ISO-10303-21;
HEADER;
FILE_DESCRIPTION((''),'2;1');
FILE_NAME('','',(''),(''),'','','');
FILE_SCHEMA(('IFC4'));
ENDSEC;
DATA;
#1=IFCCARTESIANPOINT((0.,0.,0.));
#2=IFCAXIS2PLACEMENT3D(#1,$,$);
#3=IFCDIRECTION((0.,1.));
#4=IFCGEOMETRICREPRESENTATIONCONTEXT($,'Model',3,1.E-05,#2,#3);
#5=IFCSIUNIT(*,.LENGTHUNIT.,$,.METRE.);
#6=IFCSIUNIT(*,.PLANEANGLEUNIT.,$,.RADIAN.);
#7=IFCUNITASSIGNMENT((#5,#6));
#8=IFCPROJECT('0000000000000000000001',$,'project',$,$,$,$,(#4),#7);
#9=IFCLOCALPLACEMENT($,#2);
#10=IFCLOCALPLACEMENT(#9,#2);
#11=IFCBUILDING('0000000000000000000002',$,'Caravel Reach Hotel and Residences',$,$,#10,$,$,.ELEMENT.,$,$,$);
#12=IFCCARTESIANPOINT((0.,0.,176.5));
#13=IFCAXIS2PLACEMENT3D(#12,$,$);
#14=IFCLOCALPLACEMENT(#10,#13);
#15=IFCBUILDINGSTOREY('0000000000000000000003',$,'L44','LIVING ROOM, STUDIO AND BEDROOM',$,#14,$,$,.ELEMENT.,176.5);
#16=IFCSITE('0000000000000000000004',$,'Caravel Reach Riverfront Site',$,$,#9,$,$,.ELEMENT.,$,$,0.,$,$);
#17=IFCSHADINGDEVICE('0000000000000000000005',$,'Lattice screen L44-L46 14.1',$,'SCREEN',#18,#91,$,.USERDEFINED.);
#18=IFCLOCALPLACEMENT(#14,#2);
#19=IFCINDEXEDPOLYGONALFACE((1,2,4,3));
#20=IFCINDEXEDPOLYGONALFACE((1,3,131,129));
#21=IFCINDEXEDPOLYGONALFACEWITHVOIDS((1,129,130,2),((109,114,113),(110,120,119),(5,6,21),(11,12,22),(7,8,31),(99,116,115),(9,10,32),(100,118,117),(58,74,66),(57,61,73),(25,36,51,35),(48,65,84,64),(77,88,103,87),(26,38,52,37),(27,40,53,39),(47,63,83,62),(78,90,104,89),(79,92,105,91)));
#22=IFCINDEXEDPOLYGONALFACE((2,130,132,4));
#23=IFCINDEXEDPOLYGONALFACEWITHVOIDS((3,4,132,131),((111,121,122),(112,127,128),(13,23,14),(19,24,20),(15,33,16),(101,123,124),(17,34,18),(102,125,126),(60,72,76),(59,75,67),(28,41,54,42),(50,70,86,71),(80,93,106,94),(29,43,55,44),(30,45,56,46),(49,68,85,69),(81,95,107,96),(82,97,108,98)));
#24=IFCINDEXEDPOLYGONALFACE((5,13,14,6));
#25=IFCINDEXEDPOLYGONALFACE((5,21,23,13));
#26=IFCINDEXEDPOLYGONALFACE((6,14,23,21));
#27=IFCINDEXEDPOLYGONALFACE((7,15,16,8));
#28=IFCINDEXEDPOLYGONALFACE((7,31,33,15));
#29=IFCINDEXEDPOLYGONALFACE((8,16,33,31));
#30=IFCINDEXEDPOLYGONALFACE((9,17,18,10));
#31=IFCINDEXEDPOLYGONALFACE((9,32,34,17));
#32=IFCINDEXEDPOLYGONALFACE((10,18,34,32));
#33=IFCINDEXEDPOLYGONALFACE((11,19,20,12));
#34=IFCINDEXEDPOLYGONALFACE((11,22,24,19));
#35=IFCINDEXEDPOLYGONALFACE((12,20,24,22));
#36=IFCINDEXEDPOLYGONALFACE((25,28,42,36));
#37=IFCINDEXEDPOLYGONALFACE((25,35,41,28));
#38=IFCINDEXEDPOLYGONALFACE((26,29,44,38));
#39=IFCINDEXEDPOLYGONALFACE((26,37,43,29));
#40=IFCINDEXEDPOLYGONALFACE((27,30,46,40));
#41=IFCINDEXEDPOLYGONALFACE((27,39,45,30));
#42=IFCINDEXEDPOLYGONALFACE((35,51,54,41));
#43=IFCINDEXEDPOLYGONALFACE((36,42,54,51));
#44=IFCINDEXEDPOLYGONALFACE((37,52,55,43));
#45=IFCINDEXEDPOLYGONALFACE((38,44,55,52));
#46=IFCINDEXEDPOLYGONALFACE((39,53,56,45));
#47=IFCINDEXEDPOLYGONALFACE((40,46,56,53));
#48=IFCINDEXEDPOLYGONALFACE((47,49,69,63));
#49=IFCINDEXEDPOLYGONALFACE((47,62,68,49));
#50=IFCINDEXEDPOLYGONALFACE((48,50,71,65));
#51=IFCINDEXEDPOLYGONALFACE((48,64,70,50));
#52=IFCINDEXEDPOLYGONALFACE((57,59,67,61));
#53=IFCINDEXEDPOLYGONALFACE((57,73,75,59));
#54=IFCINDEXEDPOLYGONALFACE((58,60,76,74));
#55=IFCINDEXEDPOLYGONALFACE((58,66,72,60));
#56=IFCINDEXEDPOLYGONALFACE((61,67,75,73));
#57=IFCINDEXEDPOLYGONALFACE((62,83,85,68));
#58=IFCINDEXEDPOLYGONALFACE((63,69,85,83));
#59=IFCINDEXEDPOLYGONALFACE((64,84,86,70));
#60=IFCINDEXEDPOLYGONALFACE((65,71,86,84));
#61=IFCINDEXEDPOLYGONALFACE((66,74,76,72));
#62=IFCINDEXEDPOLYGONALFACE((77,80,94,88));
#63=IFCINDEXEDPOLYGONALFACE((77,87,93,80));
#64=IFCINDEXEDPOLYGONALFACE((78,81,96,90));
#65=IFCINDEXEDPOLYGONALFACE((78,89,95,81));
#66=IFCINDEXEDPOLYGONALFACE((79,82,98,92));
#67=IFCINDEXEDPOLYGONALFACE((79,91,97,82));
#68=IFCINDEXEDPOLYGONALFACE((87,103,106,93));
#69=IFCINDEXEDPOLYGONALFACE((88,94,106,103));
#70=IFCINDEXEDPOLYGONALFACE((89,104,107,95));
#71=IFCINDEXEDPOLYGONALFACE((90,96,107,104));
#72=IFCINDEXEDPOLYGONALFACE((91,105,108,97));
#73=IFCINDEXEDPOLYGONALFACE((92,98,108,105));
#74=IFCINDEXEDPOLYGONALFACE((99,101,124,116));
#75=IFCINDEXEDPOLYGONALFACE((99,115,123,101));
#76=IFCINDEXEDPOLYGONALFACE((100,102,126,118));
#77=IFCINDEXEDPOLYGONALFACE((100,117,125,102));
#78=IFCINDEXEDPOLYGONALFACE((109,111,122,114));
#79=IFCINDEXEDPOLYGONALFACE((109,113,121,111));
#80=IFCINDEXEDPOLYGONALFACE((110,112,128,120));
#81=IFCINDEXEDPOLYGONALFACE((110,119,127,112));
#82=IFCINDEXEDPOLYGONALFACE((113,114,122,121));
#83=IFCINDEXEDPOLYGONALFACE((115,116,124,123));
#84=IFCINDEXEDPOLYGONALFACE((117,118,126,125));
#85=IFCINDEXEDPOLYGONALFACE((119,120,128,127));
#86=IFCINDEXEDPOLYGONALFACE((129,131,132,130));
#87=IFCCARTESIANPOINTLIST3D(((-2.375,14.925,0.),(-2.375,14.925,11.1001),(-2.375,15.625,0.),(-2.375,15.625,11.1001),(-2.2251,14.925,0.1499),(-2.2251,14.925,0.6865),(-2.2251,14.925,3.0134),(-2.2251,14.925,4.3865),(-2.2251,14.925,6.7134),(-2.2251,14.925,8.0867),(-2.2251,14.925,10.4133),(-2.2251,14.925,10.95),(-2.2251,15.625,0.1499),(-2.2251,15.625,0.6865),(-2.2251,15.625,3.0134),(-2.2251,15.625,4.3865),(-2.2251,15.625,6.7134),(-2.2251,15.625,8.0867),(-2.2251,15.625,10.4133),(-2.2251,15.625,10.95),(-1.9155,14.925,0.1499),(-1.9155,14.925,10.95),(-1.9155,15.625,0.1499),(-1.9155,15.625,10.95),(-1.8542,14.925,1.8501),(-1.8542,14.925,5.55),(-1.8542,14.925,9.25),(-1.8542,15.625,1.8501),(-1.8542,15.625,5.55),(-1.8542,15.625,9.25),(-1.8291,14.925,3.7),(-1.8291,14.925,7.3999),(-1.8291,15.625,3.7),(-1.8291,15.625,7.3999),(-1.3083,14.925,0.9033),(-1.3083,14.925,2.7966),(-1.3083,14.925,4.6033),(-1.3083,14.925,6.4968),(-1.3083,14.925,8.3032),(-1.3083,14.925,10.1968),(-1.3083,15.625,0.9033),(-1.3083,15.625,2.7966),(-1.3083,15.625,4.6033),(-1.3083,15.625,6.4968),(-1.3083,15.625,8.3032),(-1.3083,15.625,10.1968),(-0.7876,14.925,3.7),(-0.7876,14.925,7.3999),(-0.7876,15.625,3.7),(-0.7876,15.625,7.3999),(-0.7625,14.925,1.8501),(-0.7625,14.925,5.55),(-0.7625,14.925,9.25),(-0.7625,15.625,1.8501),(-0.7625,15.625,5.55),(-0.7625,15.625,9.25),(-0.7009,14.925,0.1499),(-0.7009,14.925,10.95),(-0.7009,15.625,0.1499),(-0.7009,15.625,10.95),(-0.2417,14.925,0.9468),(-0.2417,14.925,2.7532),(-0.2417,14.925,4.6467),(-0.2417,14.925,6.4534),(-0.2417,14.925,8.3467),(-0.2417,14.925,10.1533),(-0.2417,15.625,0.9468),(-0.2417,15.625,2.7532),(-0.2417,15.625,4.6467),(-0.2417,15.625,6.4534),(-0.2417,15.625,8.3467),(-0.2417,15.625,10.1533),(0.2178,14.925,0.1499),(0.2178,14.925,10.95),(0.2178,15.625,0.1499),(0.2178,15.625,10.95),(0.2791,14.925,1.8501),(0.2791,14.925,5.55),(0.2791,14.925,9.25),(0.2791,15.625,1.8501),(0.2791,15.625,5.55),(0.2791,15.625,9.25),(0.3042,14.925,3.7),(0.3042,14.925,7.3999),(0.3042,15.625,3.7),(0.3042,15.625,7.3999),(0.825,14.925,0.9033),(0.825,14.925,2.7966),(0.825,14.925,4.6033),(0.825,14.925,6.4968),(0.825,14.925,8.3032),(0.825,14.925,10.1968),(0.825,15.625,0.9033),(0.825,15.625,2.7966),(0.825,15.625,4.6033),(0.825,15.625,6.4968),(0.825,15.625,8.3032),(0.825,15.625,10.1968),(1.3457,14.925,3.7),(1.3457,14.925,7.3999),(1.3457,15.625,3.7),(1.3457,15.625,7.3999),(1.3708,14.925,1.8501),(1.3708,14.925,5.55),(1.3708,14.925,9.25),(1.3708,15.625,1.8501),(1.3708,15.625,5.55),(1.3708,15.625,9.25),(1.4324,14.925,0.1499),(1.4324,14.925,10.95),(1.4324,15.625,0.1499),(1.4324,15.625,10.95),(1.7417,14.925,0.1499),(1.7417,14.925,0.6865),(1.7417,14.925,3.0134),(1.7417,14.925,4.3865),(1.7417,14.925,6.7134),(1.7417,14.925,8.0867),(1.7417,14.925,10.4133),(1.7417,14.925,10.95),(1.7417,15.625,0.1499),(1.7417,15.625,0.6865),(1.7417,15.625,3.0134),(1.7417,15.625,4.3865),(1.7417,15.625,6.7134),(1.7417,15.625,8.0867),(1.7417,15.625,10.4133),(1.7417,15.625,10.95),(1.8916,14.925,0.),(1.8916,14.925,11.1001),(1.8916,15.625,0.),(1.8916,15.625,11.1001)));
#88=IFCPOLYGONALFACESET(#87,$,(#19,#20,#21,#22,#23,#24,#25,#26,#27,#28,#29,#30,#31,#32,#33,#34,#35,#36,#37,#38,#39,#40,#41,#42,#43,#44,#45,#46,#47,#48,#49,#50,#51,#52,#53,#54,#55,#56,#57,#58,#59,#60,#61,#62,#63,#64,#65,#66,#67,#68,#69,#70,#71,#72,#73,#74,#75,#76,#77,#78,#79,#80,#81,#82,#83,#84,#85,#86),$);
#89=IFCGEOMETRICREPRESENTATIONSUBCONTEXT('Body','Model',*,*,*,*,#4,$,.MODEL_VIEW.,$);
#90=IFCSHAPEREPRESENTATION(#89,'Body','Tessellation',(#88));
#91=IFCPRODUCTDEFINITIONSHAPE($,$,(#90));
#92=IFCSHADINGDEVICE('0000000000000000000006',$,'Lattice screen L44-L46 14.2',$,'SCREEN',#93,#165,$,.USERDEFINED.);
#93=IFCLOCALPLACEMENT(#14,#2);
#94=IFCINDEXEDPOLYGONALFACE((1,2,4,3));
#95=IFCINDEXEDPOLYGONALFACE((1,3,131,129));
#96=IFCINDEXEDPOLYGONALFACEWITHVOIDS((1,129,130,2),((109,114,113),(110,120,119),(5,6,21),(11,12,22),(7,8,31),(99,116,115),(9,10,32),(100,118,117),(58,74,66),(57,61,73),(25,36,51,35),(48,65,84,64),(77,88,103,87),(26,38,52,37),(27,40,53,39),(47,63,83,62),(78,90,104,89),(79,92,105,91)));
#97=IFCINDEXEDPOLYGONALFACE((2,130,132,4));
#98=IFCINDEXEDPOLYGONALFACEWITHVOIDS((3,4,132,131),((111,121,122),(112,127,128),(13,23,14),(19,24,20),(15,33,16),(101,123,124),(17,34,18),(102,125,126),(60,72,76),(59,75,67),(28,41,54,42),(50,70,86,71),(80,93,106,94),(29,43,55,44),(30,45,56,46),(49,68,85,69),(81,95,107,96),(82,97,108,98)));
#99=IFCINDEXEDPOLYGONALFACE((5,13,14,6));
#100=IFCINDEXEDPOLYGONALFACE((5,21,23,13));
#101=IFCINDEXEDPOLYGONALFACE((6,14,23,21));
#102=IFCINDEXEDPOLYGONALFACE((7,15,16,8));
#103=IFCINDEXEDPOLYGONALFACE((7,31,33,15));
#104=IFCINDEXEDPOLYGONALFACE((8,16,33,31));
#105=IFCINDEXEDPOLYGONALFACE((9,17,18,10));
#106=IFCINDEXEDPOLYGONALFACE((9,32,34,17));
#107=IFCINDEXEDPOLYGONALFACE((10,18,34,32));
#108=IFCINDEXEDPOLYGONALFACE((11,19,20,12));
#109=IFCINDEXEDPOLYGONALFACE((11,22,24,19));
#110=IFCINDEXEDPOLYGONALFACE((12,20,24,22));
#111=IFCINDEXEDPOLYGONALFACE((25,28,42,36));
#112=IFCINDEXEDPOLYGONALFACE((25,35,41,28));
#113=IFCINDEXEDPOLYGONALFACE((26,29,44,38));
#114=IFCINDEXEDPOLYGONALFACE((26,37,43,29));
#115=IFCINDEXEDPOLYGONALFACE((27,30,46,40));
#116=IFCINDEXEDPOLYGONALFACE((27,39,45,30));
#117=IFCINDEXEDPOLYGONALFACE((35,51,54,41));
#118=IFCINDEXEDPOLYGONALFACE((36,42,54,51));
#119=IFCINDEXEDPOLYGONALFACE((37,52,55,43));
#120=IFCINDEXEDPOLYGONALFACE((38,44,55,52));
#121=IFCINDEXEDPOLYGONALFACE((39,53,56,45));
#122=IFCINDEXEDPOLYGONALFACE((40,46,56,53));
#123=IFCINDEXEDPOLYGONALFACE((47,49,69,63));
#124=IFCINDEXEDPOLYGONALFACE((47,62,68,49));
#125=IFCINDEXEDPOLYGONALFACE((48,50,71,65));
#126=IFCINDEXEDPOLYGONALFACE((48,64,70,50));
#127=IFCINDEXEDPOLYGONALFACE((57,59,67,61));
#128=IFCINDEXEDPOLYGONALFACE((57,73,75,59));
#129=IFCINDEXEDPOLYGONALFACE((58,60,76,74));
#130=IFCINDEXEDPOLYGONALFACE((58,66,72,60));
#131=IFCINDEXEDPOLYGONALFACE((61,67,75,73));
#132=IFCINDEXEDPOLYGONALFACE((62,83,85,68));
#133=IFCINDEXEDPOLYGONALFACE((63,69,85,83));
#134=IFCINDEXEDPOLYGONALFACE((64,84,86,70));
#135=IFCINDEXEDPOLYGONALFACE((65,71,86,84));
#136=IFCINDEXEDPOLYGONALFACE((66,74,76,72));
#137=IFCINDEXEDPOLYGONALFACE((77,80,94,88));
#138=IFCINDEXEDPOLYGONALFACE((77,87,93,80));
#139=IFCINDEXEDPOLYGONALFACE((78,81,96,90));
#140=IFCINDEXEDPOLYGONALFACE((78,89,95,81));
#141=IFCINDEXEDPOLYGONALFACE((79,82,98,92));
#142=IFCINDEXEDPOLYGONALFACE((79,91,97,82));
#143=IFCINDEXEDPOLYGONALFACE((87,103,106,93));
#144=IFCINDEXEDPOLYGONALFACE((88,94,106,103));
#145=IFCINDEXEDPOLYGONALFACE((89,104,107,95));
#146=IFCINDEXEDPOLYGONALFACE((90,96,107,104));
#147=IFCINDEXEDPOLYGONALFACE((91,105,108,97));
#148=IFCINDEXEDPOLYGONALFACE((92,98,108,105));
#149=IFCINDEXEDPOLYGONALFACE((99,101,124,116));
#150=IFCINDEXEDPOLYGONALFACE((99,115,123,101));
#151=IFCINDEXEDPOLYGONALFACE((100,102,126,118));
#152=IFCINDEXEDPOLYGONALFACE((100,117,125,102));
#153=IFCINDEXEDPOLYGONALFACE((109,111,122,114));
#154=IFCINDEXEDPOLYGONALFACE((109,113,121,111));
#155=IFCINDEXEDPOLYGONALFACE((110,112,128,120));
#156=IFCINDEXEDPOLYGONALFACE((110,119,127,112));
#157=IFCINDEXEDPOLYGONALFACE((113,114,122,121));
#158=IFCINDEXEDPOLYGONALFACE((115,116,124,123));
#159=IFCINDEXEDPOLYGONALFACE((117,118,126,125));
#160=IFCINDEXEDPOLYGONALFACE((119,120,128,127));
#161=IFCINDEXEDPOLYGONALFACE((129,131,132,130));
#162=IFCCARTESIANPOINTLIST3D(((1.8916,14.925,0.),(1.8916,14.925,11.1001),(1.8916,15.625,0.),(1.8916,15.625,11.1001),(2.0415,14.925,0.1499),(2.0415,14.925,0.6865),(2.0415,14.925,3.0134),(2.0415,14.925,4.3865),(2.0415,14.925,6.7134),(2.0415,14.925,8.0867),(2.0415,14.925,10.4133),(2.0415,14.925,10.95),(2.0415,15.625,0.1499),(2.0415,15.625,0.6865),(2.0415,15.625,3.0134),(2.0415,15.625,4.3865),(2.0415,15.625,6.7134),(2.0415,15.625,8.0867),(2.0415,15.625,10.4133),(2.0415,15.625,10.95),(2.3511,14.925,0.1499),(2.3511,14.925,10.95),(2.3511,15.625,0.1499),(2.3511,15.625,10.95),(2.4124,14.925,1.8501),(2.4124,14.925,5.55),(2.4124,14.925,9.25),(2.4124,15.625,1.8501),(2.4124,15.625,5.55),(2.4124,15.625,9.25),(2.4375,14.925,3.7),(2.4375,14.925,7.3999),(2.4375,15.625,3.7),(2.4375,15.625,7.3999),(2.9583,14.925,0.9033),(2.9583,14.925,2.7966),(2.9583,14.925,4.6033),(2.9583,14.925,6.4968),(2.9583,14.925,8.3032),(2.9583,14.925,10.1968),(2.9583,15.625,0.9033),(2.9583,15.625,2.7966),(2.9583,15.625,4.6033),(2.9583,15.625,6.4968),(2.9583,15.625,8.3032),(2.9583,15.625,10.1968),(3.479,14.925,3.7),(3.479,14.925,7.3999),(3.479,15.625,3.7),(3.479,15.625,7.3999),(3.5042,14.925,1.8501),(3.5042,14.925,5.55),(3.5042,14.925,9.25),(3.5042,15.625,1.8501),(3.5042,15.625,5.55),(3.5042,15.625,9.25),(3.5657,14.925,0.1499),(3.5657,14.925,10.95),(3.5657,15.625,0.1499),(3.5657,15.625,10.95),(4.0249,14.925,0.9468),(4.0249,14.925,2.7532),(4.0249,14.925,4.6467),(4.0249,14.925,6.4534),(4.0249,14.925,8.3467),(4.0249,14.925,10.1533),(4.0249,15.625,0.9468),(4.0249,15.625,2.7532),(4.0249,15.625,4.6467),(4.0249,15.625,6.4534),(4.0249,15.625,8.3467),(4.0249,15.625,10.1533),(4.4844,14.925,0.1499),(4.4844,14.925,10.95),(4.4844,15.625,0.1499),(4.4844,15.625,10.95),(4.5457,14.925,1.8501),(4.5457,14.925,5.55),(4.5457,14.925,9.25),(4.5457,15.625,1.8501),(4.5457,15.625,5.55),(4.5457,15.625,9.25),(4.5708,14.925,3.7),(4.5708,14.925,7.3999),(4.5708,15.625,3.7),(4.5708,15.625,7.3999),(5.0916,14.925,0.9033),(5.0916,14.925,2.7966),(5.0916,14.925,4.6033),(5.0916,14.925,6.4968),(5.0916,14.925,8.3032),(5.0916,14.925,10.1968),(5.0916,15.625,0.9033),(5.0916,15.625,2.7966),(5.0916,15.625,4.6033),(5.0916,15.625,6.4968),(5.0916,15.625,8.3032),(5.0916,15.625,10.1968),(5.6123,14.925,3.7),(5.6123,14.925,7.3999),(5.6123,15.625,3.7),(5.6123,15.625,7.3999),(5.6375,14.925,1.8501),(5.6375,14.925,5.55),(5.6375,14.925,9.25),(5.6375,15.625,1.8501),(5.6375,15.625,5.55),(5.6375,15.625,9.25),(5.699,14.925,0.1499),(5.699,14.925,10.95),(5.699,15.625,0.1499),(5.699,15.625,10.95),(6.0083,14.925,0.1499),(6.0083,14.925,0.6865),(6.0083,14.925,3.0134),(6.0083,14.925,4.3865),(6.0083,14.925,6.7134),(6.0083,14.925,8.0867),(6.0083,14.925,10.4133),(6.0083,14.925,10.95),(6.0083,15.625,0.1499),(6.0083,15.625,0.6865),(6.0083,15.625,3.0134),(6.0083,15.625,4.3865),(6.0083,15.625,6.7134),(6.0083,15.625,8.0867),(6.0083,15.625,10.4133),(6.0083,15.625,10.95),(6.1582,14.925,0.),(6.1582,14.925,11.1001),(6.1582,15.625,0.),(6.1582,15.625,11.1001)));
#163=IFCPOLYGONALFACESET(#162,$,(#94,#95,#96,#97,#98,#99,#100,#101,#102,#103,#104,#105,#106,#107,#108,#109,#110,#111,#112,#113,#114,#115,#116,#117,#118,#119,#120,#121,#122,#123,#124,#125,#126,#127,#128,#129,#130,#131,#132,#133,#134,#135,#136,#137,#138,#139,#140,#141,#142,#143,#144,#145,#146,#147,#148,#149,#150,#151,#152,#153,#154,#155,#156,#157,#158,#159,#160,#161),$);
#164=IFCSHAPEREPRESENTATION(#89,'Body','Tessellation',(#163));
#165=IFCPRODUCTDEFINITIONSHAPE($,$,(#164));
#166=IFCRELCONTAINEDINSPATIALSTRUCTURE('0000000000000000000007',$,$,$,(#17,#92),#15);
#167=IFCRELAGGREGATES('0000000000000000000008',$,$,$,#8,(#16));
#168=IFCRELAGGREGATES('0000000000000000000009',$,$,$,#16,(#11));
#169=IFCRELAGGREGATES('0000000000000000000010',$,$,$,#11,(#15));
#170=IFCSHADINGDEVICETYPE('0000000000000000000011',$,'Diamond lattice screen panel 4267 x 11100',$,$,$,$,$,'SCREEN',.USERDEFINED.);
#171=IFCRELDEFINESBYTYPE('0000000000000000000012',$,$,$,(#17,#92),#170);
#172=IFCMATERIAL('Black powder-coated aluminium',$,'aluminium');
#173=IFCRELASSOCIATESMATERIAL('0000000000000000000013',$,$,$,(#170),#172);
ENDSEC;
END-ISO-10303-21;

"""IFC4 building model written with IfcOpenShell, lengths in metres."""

from ifc_helpers import new_model, si_unit, direction, frame, origin, place, context, subcontext, project, spatial, polyline, outline, extrude, material, type_object, element, save


model = new_model("IFC4")

# Units and contexts
model_context = context("Model", 3, precision=1e-05, world=origin(), true_north=direction((0.0, 1.0)))
body_context = subcontext(model_context, "Body", "Model", "MODEL_VIEW")
ifc_project = project(units=[si_unit("LENGTHUNIT", "METRE"), si_unit("PLANEANGLEUNIT", "RADIAN")], contexts=[model_context])

# Site, building, storey
site_placement = place(None, origin())
site = spatial("IfcSite", under=ifc_project, at=site_placement, Name="Caravel Reach Riverfront Site", CompositionType="ELEMENT", RefElevation=0.0)
building_placement = place(site_placement, origin())
building = spatial("IfcBuilding", under=site, at=building_placement, Name="Caravel Reach Hotel and Residences", CompositionType="ELEMENT")
storey_placement = place(building_placement, frame((0.0, 0.0, 176.5)))
storey = spatial("IfcBuildingStorey", under=building, at=storey_placement, Name="L44", Description="LIVING ROOM, STUDIO AND BEDROOM", CompositionType="ELEMENT", Elevation=176.5)

# Shading devices
ifc_material_1 = material(Name="Black powder-coated aluminium", Category="aluminium")
shading_device_type_1 = type_object("IfcShadingDeviceType", Name="Diamond lattice screen panel 4267 x 11100", ElementType="SCREEN", PredefinedType="USERDEFINED", material=ifc_material_1)
shading_device_1_placement = place(storey_placement, frame((-2.375, 15.625, 0.0), z_axis=(0.0, -1.0, 0.0), x_axis=(1.0, 0.0, 0.0)))
element("IfcShadingDevice", 1, at=shading_device_1_placement, inside=storey, type_object=shading_device_type_1, Name="Lattice screen L44-L46 14.1", ObjectType="SCREEN", PredefinedType="USERDEFINED", context=body_context, shape_type="SweptSolid", body=[
    extrude(outline(polyline([(0.0, 0.0), (4.2666, 0.0), (4.2666, 11.1001), (0.0, 11.1001), (0.0, 0.0)]), holes=[polyline([(0.4595, 0.1499), (0.1499, 0.6865), (0.1499, 0.1499), (0.4595, 0.1499)]), polyline([(0.5459, 3.7), (0.1499, 4.3865), (0.1499, 3.0134), (0.5459, 3.7)]), polyline([(0.5459, 7.3999), (0.1499, 8.0867), (0.1499, 6.7134), (0.5459, 7.3999)]), polyline([(0.1499, 10.4133), (0.4595, 10.95), (0.1499, 10.95), (0.1499, 10.4133)]), polyline([(1.0667, 2.7966), (0.5208, 1.8501), (1.0667, 0.9033), (1.6125, 1.8501), (1.0667, 2.7966)]), polyline([(1.0667, 6.4968), (0.5208, 5.55), (1.0667, 4.6033), (1.6125, 5.55), (1.0667, 6.4968)]), polyline([(1.0667, 10.1968), (0.5208, 9.25), (1.0667, 8.3032), (1.6125, 9.25), (1.0667, 10.1968)]), polyline([(2.1333, 0.9468), (1.6741, 0.1499), (2.5928, 0.1499), (2.1333, 0.9468)]), polyline([(2.1333, 4.6467), (1.5874, 3.7), (2.1333, 2.7532), (2.6792, 3.7), (2.1333, 4.6467)]), polyline([(2.1333, 8.3467), (1.5874, 7.3999), (2.1333, 6.4534), (2.6792, 7.3999), (2.1333, 8.3467)]), polyline([(2.1333, 10.1533), (2.5928, 10.95), (1.6741, 10.95), (2.1333, 10.1533)]), polyline([(3.2, 2.7966), (2.6541, 1.8501), (3.2, 0.9033), (3.7458, 1.8501), (3.2, 2.7966)]), polyline([(3.2, 6.4968), (2.6541, 5.55), (3.2, 4.6033), (3.7458, 5.55), (3.2, 6.4968)]), polyline([(3.2, 10.1968), (2.6541, 9.25), (3.2, 8.3032), (3.7458, 9.25), (3.2, 10.1968)]), polyline([(4.1167, 0.6865), (3.8074, 0.1499), (4.1167, 0.1499), (4.1167, 0.6865)]), polyline([(3.7207, 3.7), (4.1167, 3.0134), (4.1167, 4.3865), (3.7207, 3.7)]), polyline([(3.7207, 7.3999), (4.1167, 6.7134), (4.1167, 8.0867), (3.7207, 7.3999)]), polyline([(3.8074, 10.95), (4.1167, 10.4133), (4.1167, 10.95), (3.8074, 10.95)])]), origin(), (0.0, 0.0, 1.0), 0.7),
])
shading_device_2_placement = place(storey_placement, frame((1.8916, 15.625, 0.0), z_axis=(0.0, -1.0, 0.0), x_axis=(1.0, 0.0, 0.0)))
element("IfcShadingDevice", 2, at=shading_device_2_placement, inside=storey, type_object=shading_device_type_1, Name="Lattice screen L44-L46 14.2", ObjectType="SCREEN", PredefinedType="USERDEFINED", context=body_context, shape_type="SweptSolid", body=[
    extrude(outline(polyline([(0.0, 0.0), (4.2666, 0.0), (4.2666, 11.1001), (0.0, 11.1001), (0.0, 0.0)]), holes=[polyline([(0.4595, 0.1499), (0.1499, 0.6865), (0.1499, 0.1499), (0.4595, 0.1499)]), polyline([(0.5459, 3.7), (0.1499, 4.3865), (0.1499, 3.0134), (0.5459, 3.7)]), polyline([(0.5459, 7.3999), (0.1499, 8.0867), (0.1499, 6.7134), (0.5459, 7.3999)]), polyline([(0.1499, 10.4133), (0.4595, 10.95), (0.1499, 10.95), (0.1499, 10.4133)]), polyline([(1.0667, 2.7966), (0.5208, 1.8501), (1.0667, 0.9033), (1.6125, 1.8501), (1.0667, 2.7966)]), polyline([(1.0667, 6.4968), (0.5208, 5.55), (1.0667, 4.6033), (1.6125, 5.55), (1.0667, 6.4968)]), polyline([(1.0667, 10.1968), (0.5208, 9.25), (1.0667, 8.3032), (1.6125, 9.25), (1.0667, 10.1968)]), polyline([(2.1333, 0.9468), (1.6741, 0.1499), (2.5928, 0.1499), (2.1333, 0.9468)]), polyline([(2.1333, 4.6467), (1.5874, 3.7), (2.1333, 2.7532), (2.6792, 3.7), (2.1333, 4.6467)]), polyline([(2.1333, 8.3467), (1.5874, 7.3999), (2.1333, 6.4534), (2.6792, 7.3999), (2.1333, 8.3467)]), polyline([(2.1333, 10.1533), (2.5928, 10.95), (1.6741, 10.95), (2.1333, 10.1533)]), polyline([(3.2, 2.7966), (2.6541, 1.8501), (3.2, 0.9033), (3.7458, 1.8501), (3.2, 2.7966)]), polyline([(3.2, 6.4968), (2.6541, 5.55), (3.2, 4.6033), (3.7458, 5.55), (3.2, 6.4968)]), polyline([(3.2, 10.1968), (2.6541, 9.25), (3.2, 8.3032), (3.7458, 9.25), (3.2, 10.1968)]), polyline([(4.1167, 0.6865), (3.8074, 0.1499), (4.1167, 0.1499), (4.1167, 0.6865)]), polyline([(3.7207, 3.7), (4.1167, 3.0134), (4.1167, 4.3865), (3.7207, 3.7)]), polyline([(3.7207, 7.3999), (4.1167, 6.7134), (4.1167, 8.0867), (3.7207, 7.3999)]), polyline([(3.8074, 10.95), (4.1167, 10.4133), (4.1167, 10.95), (3.8074, 10.95)])]), origin(), (0.0, 0.0, 1.0), 0.7),
])

save(model, "model.ifc")
